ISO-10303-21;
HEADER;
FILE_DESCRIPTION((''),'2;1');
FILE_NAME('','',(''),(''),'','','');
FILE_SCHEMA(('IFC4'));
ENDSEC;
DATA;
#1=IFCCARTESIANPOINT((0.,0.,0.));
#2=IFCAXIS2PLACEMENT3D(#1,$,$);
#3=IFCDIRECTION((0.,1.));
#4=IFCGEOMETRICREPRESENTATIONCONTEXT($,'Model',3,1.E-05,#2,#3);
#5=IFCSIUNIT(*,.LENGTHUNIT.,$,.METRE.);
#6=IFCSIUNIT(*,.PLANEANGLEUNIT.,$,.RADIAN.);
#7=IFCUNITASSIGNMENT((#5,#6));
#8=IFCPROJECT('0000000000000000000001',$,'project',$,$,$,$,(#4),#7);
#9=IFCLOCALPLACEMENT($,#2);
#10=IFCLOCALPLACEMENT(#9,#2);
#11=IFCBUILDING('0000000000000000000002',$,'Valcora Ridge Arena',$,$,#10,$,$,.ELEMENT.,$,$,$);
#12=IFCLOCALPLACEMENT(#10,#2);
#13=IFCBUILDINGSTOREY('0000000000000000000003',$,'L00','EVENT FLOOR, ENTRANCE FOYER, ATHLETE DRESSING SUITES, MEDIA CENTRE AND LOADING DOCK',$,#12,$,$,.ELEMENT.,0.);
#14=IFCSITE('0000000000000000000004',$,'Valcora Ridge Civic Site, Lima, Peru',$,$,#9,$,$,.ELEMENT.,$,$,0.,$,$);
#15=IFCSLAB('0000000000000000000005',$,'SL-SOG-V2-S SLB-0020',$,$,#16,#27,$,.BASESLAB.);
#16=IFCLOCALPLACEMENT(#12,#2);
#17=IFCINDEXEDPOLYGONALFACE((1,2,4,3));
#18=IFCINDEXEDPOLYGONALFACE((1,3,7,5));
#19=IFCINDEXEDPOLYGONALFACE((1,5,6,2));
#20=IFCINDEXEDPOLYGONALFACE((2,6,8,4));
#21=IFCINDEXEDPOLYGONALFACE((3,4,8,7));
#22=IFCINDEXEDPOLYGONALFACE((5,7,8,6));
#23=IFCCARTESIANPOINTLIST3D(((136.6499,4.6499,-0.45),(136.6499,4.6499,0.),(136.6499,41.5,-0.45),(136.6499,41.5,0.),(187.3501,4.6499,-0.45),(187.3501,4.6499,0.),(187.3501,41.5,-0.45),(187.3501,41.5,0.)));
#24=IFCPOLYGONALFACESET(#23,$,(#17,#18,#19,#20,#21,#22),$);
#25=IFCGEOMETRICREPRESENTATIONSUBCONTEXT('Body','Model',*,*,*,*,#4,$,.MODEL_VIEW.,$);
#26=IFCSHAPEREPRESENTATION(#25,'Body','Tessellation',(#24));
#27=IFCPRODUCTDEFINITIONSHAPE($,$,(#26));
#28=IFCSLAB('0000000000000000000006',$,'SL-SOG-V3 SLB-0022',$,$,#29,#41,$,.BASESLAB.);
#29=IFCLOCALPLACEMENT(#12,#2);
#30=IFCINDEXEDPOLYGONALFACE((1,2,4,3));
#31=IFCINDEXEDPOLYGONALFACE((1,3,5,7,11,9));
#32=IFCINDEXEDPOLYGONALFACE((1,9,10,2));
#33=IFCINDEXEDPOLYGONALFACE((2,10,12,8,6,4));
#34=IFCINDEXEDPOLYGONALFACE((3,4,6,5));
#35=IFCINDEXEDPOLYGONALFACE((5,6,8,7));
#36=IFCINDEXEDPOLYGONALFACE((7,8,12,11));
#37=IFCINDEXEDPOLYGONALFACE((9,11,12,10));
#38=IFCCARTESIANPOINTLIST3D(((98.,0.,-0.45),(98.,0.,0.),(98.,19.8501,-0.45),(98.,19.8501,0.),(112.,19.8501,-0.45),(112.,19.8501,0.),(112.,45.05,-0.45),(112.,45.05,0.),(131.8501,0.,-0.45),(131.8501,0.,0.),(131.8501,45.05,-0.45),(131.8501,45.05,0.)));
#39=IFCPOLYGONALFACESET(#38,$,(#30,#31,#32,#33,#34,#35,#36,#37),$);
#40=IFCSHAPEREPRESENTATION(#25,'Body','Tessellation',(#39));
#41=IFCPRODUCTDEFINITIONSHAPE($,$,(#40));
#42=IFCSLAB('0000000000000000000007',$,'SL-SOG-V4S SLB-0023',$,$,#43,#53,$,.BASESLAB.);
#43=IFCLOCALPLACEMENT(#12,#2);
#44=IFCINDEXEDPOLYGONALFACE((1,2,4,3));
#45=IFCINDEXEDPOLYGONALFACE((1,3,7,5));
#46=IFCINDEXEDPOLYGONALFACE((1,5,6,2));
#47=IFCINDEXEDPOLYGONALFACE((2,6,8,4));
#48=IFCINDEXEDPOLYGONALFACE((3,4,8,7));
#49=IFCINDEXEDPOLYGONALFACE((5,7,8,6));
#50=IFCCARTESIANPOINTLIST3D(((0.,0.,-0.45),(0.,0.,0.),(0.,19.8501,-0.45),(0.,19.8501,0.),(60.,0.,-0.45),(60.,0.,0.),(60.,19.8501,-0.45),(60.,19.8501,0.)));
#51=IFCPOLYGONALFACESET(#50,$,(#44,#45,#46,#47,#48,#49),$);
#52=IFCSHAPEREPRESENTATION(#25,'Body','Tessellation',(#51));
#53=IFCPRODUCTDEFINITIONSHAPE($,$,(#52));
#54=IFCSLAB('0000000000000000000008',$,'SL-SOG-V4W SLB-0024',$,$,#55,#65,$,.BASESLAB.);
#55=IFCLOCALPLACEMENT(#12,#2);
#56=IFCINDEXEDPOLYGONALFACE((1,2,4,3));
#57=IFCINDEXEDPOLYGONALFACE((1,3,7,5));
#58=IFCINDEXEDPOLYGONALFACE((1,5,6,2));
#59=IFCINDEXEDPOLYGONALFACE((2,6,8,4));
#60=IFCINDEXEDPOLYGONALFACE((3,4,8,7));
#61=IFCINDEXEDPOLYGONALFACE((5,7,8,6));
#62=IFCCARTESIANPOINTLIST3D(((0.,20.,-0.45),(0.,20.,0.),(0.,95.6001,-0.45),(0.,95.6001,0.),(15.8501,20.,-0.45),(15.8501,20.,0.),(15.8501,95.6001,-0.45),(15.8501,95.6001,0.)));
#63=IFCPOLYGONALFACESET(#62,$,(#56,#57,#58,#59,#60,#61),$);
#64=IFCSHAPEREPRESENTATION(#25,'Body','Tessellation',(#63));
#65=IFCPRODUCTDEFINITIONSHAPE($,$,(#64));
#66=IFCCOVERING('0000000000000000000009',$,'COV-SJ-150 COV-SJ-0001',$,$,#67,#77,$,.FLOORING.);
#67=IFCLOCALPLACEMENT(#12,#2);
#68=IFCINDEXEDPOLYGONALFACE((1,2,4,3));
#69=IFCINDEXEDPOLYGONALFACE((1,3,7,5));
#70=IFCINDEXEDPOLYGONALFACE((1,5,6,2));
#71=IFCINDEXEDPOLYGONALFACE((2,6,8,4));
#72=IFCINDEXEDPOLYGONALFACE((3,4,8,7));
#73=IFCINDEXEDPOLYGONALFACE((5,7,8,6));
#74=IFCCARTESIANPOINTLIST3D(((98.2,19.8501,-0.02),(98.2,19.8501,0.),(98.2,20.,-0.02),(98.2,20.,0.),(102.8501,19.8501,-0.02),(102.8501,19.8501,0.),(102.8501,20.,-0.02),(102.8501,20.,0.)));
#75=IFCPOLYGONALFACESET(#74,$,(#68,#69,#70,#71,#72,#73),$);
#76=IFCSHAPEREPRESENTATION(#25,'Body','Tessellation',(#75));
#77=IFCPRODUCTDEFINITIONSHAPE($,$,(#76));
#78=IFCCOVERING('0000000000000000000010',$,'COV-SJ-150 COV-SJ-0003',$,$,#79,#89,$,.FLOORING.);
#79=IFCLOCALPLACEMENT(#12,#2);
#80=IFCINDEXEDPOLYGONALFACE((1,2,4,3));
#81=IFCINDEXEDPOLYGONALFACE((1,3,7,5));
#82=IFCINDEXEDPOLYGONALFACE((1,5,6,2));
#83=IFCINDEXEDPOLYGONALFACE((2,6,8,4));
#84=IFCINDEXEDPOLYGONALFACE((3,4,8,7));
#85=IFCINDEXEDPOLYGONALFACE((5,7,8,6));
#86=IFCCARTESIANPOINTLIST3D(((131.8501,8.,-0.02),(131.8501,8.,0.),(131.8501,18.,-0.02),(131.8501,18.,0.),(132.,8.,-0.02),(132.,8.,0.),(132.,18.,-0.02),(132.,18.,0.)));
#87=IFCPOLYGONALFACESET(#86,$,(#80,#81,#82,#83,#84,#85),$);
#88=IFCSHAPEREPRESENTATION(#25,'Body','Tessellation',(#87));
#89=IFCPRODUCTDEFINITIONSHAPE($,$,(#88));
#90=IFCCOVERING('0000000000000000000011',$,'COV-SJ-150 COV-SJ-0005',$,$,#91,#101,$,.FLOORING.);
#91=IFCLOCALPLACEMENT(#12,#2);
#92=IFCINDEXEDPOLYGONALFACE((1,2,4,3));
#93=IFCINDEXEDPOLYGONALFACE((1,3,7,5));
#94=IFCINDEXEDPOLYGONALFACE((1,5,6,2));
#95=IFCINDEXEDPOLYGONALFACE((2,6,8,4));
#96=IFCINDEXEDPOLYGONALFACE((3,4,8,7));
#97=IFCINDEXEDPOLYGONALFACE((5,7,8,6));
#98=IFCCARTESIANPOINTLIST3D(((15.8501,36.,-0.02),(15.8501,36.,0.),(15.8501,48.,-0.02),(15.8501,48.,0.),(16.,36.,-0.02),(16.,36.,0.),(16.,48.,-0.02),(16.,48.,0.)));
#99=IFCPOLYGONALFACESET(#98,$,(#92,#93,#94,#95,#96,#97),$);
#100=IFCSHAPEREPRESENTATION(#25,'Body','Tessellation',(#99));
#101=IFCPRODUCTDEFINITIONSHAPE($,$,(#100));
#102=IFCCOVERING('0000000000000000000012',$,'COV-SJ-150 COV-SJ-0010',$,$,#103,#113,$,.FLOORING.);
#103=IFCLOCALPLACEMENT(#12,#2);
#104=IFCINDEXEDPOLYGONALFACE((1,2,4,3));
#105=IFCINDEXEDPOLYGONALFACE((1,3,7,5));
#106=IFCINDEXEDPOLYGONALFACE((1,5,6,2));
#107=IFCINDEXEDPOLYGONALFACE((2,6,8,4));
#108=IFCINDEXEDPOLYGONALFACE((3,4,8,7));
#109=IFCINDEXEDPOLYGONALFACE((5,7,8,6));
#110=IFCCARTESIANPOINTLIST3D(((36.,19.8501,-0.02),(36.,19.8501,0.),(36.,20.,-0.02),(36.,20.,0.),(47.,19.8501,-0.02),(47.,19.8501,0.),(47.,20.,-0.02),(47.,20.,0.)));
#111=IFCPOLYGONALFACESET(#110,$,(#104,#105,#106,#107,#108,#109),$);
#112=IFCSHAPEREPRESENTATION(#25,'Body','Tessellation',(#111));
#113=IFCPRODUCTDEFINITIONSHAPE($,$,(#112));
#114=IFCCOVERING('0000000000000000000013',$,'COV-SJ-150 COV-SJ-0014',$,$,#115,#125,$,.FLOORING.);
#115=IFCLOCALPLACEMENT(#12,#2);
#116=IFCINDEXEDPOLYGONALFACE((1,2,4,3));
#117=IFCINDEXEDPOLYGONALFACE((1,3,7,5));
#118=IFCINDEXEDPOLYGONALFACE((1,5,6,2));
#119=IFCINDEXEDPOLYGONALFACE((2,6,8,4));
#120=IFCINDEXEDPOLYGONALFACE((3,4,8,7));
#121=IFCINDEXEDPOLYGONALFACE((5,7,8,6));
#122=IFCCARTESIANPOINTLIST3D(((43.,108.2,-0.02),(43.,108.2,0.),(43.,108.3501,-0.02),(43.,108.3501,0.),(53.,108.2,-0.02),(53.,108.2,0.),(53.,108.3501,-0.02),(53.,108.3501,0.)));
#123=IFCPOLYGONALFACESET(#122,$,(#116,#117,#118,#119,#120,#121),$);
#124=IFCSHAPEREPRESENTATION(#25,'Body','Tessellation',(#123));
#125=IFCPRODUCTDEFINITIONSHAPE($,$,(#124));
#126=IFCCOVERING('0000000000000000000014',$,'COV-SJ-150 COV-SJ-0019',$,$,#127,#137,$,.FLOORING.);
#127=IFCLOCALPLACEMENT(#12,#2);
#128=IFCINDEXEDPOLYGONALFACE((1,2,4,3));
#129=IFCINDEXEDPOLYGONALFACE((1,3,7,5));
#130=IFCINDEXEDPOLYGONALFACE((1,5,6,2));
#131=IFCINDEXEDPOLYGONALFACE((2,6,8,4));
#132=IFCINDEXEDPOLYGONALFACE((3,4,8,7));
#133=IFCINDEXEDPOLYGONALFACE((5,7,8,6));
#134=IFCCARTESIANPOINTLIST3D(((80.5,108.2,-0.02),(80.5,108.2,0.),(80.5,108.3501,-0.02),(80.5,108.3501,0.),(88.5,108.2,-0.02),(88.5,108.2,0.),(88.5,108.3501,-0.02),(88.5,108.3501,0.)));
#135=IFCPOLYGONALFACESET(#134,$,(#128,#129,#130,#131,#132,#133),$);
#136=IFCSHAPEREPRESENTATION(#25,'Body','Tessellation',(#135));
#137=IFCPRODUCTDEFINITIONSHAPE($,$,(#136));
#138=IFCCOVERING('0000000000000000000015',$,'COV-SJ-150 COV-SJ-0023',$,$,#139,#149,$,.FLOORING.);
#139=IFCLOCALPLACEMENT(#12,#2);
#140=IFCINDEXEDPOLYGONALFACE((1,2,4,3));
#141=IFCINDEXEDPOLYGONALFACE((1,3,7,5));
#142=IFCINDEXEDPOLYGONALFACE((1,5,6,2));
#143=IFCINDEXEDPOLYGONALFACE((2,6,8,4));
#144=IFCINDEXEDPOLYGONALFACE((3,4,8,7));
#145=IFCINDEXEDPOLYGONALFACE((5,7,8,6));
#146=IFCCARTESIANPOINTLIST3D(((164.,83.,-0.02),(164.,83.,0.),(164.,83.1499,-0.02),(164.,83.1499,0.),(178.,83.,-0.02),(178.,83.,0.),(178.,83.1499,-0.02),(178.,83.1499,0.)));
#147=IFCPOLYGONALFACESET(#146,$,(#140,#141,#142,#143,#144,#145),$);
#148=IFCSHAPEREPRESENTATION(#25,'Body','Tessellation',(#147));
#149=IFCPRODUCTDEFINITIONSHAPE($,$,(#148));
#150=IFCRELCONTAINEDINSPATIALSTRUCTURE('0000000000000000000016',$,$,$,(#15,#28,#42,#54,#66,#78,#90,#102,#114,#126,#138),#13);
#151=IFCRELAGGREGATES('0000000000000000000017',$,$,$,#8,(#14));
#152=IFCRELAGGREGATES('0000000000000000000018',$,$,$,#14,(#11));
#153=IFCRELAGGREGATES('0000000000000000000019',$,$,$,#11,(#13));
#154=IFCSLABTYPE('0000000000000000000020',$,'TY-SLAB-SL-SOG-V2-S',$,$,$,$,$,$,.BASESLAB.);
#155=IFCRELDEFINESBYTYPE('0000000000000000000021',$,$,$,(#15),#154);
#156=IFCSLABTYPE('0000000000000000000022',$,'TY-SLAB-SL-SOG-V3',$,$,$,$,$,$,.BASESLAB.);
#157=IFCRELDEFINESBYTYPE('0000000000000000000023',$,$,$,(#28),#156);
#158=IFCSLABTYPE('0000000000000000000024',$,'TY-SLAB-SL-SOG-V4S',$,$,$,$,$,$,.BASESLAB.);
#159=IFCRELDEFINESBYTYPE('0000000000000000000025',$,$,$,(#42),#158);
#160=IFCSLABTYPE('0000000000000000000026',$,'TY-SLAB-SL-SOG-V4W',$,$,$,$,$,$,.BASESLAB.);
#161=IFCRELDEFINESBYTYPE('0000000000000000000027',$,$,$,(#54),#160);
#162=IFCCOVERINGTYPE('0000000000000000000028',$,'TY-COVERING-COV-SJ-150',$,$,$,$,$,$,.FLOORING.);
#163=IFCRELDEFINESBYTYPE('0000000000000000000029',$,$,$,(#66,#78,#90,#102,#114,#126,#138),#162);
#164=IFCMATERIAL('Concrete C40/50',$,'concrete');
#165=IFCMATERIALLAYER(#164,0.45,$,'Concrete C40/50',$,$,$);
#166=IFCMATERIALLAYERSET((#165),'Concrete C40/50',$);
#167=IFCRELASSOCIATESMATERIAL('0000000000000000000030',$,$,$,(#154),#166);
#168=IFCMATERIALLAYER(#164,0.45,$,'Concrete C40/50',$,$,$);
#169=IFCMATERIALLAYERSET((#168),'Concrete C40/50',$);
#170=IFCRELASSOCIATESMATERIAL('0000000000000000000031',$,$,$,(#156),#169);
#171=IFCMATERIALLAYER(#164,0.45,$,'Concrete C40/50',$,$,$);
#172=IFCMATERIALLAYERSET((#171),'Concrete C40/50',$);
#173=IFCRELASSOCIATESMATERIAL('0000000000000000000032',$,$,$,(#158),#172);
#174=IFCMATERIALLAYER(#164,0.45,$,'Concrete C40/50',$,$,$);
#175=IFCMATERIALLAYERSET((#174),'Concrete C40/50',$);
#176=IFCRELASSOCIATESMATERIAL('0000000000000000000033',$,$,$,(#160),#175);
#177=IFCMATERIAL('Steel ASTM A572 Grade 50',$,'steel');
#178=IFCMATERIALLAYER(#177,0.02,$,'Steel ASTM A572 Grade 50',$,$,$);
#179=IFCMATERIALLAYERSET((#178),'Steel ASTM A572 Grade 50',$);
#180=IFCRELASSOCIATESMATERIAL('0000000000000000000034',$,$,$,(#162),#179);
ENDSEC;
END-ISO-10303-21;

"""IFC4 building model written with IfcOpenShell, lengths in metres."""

from ifc_helpers import new_model, si_unit, direction, frame, origin, place, context, subcontext, project, spatial, polyline, outline, extrude, material, layer, layer_set, type_object, element, save


model = new_model("IFC4")

# Units and contexts
model_context = context("Model", 3, precision=1e-05, world=origin(), true_north=direction((0.0, 1.0)))
body_context = subcontext(model_context, "Body", "Model", "MODEL_VIEW")
ifc_project = project(units=[si_unit("LENGTHUNIT", "METRE"), si_unit("PLANEANGLEUNIT", "RADIAN")], contexts=[model_context])

# Site, building, storey
site_placement = place(None, origin())
site = spatial("IfcSite", under=ifc_project, at=site_placement, Name="Valcora Ridge Civic Site, Lima, Peru", CompositionType="ELEMENT", RefElevation=0.0)
building_placement = place(site_placement, origin())
building = spatial("IfcBuilding", under=site, at=building_placement, Name="Valcora Ridge Arena", CompositionType="ELEMENT")
storey_placement = place(building_placement, origin())
storey = spatial("IfcBuildingStorey", under=building, at=storey_placement, Name="L00", Description="EVENT FLOOR, ENTRANCE FOYER, ATHLETE DRESSING SUITES, MEDIA CENTRE AND LOADING DOCK", CompositionType="ELEMENT", Elevation=0.0)

# Shared definitions
ifc_material_1 = material(Name="Concrete C40/50", Category="concrete")

# Slabs
ifc_layer_1 = layer(ifc_material_1, 0.45, Name="Concrete C40/50")
ifc_layer_set_1 = layer_set([ifc_layer_1], Name="Concrete C40/50")
slab_type_1 = type_object("IfcSlabType", Name="TY-SLAB-SL-SOG-V2-S", PredefinedType="BASESLAB", material=ifc_layer_set_1)
slab_1_placement = place(storey_placement, frame((0.0, 0.0, -0.45)))
element("IfcSlab", 1, at=slab_1_placement, inside=storey, type_object=slab_type_1, Name="SL-SOG-V2-S SLB-0020", PredefinedType="BASESLAB", context=body_context, shape_type="SweptSolid", body=[
    extrude(outline(polyline([(187.3501, 4.6499), (187.3501, 41.5), (136.6499, 41.5), (136.6499, 4.6499), (187.3501, 4.6499)])), origin(), (0.0, 0.0, 1.0), 0.45),
])
ifc_layer_2 = layer(ifc_material_1, 0.45, Name="Concrete C40/50")
ifc_layer_set_2 = layer_set([ifc_layer_2], Name="Concrete C40/50")
slab_type_2 = type_object("IfcSlabType", Name="TY-SLAB-SL-SOG-V3", PredefinedType="BASESLAB", material=ifc_layer_set_2)
slab_2_placement = place(storey_placement, frame((0.0, 0.0, -0.45)))
element("IfcSlab", 2, at=slab_2_placement, inside=storey, type_object=slab_type_2, Name="SL-SOG-V3 SLB-0022", PredefinedType="BASESLAB", context=body_context, shape_type="SweptSolid", body=[
    extrude(outline(polyline([(98.0, 0.0), (131.8501, 0.0), (131.8501, 45.05), (112.0, 45.05), (112.0, 19.8501), (98.0, 19.8501), (98.0, 0.0)])), origin(), (0.0, 0.0, 1.0), 0.45),
])
ifc_layer_3 = layer(ifc_material_1, 0.45, Name="Concrete C40/50")
ifc_layer_set_3 = layer_set([ifc_layer_3], Name="Concrete C40/50")
slab_type_3 = type_object("IfcSlabType", Name="TY-SLAB-SL-SOG-V4S", PredefinedType="BASESLAB", material=ifc_layer_set_3)
slab_3_placement = place(storey_placement, frame((0.0, 0.0, -0.45)))
element("IfcSlab", 3, at=slab_3_placement, inside=storey, type_object=slab_type_3, Name="SL-SOG-V4S SLB-0023", PredefinedType="BASESLAB", context=body_context, shape_type="SweptSolid", body=[
    extrude(outline(polyline([(60.0, 0.0), (60.0, 19.8501), (0.0, 19.8501), (0.0, 0.0), (60.0, 0.0)])), origin(), (0.0, 0.0, 1.0), 0.45),
])
ifc_layer_4 = layer(ifc_material_1, 0.45, Name="Concrete C40/50")
ifc_layer_set_4 = layer_set([ifc_layer_4], Name="Concrete C40/50")
slab_type_4 = type_object("IfcSlabType", Name="TY-SLAB-SL-SOG-V4W", PredefinedType="BASESLAB", material=ifc_layer_set_4)
slab_4_placement = place(storey_placement, frame((0.0, 0.0, -0.45)))
element("IfcSlab", 4, at=slab_4_placement, inside=storey, type_object=slab_type_4, Name="SL-SOG-V4W SLB-0024", PredefinedType="BASESLAB", context=body_context, shape_type="SweptSolid", body=[
    extrude(outline(polyline([(15.8501, 20.0), (15.8501, 95.6001), (0.0, 95.6001), (0.0, 20.0), (15.8501, 20.0)])), origin(), (0.0, 0.0, 1.0), 0.45),
])

# Coverings
ifc_material_2 = material(Name="Steel ASTM A572 Grade 50", Category="steel")
ifc_layer_5 = layer(ifc_material_2, 0.02, Name="Steel ASTM A572 Grade 50")
ifc_layer_set_5 = layer_set([ifc_layer_5], Name="Steel ASTM A572 Grade 50")
covering_type = type_object("IfcCoveringType", Name="TY-COVERING-COV-SJ-150", PredefinedType="FLOORING", material=ifc_layer_set_5)
covering_1_placement = place(storey_placement, frame((0.0, 0.0, -0.02)))
element("IfcCovering", 5, at=covering_1_placement, inside=storey, type_object=covering_type, Name="COV-SJ-150 COV-SJ-0001", PredefinedType="FLOORING", context=body_context, shape_type="SweptSolid", body=[
    extrude(outline(polyline([(98.2, 19.8501), (102.8501, 19.8501), (102.8501, 20.0), (98.2, 20.0), (98.2, 19.8501)])), origin(), (0.0, 0.0, 1.0), 0.02),
])
covering_2_placement = place(storey_placement, frame((0.0, 0.0, -0.02)))
element("IfcCovering", 6, at=covering_2_placement, inside=storey, type_object=covering_type, Name="COV-SJ-150 COV-SJ-0003", PredefinedType="FLOORING", context=body_context, shape_type="SweptSolid", body=[
    extrude(outline(polyline([(131.8501, 8.0), (132.0, 8.0), (132.0, 18.0), (131.8501, 18.0), (131.8501, 8.0)])), origin(), (0.0, 0.0, 1.0), 0.02),
])
covering_3_placement = place(storey_placement, frame((0.0, 0.0, -0.02)))
element("IfcCovering", 7, at=covering_3_placement, inside=storey, type_object=covering_type, Name="COV-SJ-150 COV-SJ-0005", PredefinedType="FLOORING", context=body_context, shape_type="SweptSolid", body=[
    extrude(outline(polyline([(15.8501, 36.0), (16.0, 36.0), (16.0, 48.0), (15.8501, 48.0), (15.8501, 36.0)])), origin(), (0.0, 0.0, 1.0), 0.02),
])
covering_4_placement = place(storey_placement, frame((0.0, 0.0, -0.02)))
element("IfcCovering", 8, at=covering_4_placement, inside=storey, type_object=covering_type, Name="COV-SJ-150 COV-SJ-0010", PredefinedType="FLOORING", context=body_context, shape_type="SweptSolid", body=[
    extrude(outline(polyline([(36.0, 19.8501), (47.0, 19.8501), (47.0, 20.0), (36.0, 20.0), (36.0, 19.8501)])), origin(), (0.0, 0.0, 1.0), 0.02),
])
covering_5_placement = place(storey_placement, frame((0.0, 0.0, -0.02)))
element("IfcCovering", 9, at=covering_5_placement, inside=storey, type_object=covering_type, Name="COV-SJ-150 COV-SJ-0014", PredefinedType="FLOORING", context=body_context, shape_type="SweptSolid", body=[
    extrude(outline(polyline([(43.0, 108.2), (53.0, 108.2), (53.0, 108.3501), (43.0, 108.3501), (43.0, 108.2)])), origin(), (0.0, 0.0, 1.0), 0.02),
])
covering_6_placement = place(storey_placement, frame((0.0, 0.0, -0.02)))
element("IfcCovering", 10, at=covering_6_placement, inside=storey, type_object=covering_type, Name="COV-SJ-150 COV-SJ-0019", PredefinedType="FLOORING", context=body_context, shape_type="SweptSolid", body=[
    extrude(outline(polyline([(80.5, 108.2), (88.5, 108.2), (88.5, 108.3501), (80.5, 108.3501), (80.5, 108.2)])), origin(), (0.0, 0.0, 1.0), 0.02),
])
covering_7_placement = place(storey_placement, frame((0.0, 0.0, -0.02)))
element("IfcCovering", 11, at=covering_7_placement, inside=storey, type_object=covering_type, Name="COV-SJ-150 COV-SJ-0023", PredefinedType="FLOORING", context=body_context, shape_type="SweptSolid", body=[
    extrude(outline(polyline([(164.0, 83.0), (178.0, 83.0), (178.0, 83.1499), (164.0, 83.1499), (164.0, 83.0)])), origin(), (0.0, 0.0, 1.0), 0.02),
])

save(model, "model.ifc")
